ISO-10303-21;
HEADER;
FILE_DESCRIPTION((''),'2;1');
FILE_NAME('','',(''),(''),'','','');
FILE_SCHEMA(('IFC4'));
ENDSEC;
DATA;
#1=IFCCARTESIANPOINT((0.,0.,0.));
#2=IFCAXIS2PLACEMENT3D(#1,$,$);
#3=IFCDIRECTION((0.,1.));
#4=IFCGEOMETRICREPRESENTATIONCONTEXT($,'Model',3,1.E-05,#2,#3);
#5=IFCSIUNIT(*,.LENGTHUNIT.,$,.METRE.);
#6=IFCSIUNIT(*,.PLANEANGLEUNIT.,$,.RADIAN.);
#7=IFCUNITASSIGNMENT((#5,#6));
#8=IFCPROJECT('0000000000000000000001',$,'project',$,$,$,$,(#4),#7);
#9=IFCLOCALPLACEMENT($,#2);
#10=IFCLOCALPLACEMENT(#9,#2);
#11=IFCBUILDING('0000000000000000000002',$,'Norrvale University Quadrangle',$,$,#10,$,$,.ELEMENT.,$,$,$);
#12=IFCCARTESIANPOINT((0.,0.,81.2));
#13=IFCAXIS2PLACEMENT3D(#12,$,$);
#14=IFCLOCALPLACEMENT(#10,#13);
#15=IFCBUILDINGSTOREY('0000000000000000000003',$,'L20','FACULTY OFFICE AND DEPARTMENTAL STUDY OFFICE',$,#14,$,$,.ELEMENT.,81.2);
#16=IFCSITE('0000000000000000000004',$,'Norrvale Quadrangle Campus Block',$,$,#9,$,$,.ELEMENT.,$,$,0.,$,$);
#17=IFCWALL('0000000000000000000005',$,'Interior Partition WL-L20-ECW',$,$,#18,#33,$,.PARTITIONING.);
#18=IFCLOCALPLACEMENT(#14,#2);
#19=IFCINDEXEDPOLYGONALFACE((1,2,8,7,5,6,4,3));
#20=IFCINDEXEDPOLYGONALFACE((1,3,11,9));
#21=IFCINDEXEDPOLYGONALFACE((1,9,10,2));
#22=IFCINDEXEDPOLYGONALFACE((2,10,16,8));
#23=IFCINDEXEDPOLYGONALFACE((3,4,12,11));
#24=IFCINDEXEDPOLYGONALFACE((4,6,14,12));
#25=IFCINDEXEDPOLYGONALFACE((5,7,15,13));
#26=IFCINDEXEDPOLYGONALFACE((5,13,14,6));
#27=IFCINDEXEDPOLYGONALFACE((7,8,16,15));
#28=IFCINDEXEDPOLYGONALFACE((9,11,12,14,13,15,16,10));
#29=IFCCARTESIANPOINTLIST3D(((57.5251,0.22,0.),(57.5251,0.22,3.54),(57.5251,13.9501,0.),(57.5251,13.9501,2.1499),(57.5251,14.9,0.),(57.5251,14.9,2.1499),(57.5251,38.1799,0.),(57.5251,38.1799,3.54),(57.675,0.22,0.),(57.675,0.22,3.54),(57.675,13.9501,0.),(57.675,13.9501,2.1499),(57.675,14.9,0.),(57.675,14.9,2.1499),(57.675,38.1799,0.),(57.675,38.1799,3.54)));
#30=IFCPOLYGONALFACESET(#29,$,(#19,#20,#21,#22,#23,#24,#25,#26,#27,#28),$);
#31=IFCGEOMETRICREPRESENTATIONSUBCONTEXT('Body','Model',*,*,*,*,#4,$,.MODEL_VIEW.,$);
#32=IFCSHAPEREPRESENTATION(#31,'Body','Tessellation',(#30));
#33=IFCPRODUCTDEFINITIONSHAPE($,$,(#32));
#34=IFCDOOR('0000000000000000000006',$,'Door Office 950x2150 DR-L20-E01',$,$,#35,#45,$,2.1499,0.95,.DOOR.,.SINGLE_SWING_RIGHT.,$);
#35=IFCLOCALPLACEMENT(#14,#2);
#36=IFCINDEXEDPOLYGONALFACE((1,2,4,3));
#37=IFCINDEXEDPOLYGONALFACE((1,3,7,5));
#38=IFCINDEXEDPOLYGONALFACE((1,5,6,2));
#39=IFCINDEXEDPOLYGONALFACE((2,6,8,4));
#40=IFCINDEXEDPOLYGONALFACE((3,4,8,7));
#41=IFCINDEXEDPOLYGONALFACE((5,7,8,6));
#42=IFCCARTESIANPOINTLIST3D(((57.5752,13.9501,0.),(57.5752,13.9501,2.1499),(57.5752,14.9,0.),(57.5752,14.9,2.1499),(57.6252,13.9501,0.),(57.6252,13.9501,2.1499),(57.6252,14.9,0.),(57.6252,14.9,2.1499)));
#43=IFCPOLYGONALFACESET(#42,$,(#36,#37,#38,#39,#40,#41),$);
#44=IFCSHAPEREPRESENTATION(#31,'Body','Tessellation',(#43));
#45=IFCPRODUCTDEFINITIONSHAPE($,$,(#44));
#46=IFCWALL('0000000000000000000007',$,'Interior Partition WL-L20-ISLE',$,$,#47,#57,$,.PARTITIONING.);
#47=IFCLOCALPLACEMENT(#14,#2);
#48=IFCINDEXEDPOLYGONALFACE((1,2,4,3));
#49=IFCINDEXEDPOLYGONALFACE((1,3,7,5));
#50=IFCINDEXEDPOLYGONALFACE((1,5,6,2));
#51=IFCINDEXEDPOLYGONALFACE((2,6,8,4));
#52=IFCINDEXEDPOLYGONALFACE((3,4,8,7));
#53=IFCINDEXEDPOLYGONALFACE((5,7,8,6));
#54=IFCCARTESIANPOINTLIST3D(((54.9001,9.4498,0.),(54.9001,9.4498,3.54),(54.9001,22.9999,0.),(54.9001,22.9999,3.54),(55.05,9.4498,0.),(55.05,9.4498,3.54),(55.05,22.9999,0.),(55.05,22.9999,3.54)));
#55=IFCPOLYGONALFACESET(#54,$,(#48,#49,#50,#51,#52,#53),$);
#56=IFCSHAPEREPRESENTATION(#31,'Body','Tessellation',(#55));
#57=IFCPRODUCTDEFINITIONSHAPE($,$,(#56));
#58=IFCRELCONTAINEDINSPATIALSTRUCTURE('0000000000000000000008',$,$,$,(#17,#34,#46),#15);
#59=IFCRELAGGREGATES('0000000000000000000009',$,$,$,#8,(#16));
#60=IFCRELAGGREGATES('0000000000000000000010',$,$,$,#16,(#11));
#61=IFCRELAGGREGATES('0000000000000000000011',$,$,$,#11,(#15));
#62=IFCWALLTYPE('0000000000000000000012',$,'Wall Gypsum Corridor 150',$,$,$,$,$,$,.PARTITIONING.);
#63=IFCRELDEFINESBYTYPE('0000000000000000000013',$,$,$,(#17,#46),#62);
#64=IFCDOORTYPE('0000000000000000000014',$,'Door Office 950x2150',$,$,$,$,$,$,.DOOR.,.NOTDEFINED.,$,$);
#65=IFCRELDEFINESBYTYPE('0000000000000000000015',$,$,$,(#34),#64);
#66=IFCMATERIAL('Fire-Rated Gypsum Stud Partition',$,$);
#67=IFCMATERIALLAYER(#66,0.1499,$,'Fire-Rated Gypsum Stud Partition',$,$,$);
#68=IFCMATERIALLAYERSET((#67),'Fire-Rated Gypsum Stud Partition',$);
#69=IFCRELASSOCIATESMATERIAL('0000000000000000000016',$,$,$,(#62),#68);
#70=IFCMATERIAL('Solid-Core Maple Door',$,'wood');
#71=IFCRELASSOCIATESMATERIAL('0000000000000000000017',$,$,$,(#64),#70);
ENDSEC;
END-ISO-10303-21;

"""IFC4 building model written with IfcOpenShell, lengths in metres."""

from ifc_helpers import new_model, si_unit, direction, frame, frame_2d, origin, place, context, subcontext, project, spatial, rectangle, extrude, material, layer, layer_set, type_object, element, fill, save


model = new_model("IFC4")

# Units and contexts
model_context = context("Model", 3, precision=1e-05, world=origin(), true_north=direction((0.0, 1.0)))
body_context = subcontext(model_context, "Body", "Model", "MODEL_VIEW")
ifc_project = project(units=[si_unit("LENGTHUNIT", "METRE"), si_unit("PLANEANGLEUNIT", "RADIAN")], contexts=[model_context])

# Site, building, storey
site_placement = place(None, origin())
site = spatial("IfcSite", under=ifc_project, at=site_placement, Name="Norrvale Quadrangle Campus Block", CompositionType="ELEMENT", RefElevation=0.0)
building_placement = place(site_placement, origin())
building = spatial("IfcBuilding", under=site, at=building_placement, Name="Norrvale University Quadrangle", CompositionType="ELEMENT")
storey_placement = place(building_placement, frame((0.0, 0.0, 81.2)))
storey = spatial("IfcBuildingStorey", under=building, at=storey_placement, Name="L20", Description="FACULTY OFFICE AND DEPARTMENTAL STUDY OFFICE", CompositionType="ELEMENT", Elevation=81.2)

# Wall, opening, door
ifc_material_1 = material(Name="Fire-Rated Gypsum Stud Partition")
ifc_layer_1 = layer(ifc_material_1, 0.1499, Name="Fire-Rated Gypsum Stud Partition")
ifc_layer_set_1 = layer_set([ifc_layer_1], Name="Fire-Rated Gypsum Stud Partition")
wall_type_1 = type_object("IfcWallType", Name="Wall Gypsum Corridor 150", PredefinedType="PARTITIONING", material=ifc_layer_set_1)
wall_1_placement = place(storey_placement, frame((57.6001, 0.22, 0.0), z_axis=(0.0, 0.0, 1.0), x_axis=(0.0, 1.0, 0.0)))
wall_1 = element("IfcWall", 1, at=wall_1_placement, inside=storey, type_object=wall_type_1, Name="Interior Partition WL-L20-ECW", PredefinedType="PARTITIONING", context=body_context, shape_type="SweptSolid", body=[
    extrude(rectangle(XDim=37.96, YDim=0.1499, at=frame_2d((18.98, 0.0))), origin(), (0.0, 0.0, 1.0), 3.54),
])
opening_1_placement = place(wall_1_placement, frame((13.73, 0.0, 0.0)))
opening_1 = element("IfcOpeningElement", 2, at=opening_1_placement, cuts=wall_1, PredefinedType="OPENING", context=body_context, shape_type="SweptSolid", body=[
    extrude(rectangle(XDim=0.95, YDim=2.1499, at=frame_2d((0.4751, 1.075))), frame((0.0, 0.0869, 0.0), z_axis=(0.0, -1.0, 0.0), x_axis=(1.0, 0.0, 0.0)), (0.0, 0.0, 1.0), 0.1738),
])
ifc_material_2 = material(Name="Solid-Core Maple Door", Category="wood")
door_type = type_object("IfcDoorType", Name="Door Office 950x2150", OperationType="NOTDEFINED", PredefinedType="DOOR", material=ifc_material_2)
door_placement = place(opening_1_placement, origin())
door = element("IfcDoor", 3, at=door_placement, inside=storey, type_object=door_type, Name="Door Office 950x2150 DR-L20-E01", OperationType="SINGLE_SWING_RIGHT", OverallHeight=2.1499, OverallWidth=0.95, PredefinedType="DOOR", context=body_context, shape_type="SweptSolid", body=[
    extrude(rectangle(XDim=0.95, YDim=2.1499, at=frame_2d((0.4751, 1.075))), frame((0.0, 0.0249, 0.0), z_axis=(0.0, -1.0, 0.0), x_axis=(1.0, 0.0, 0.0)), (0.0, 0.0, 1.0), 0.05),
])
fill(opening_1, door)

# Wall
wall_2_placement = place(storey_placement, frame((54.9751, 9.45, 0.0), z_axis=(0.0, 0.0, 1.0), x_axis=(0.0, 1.0, 0.0)))
element("IfcWall", 4, at=wall_2_placement, inside=storey, type_object=wall_type_1, Name="Interior Partition WL-L20-ISLE", PredefinedType="PARTITIONING", context=body_context, shape_type="SweptSolid", body=[
    extrude(rectangle(XDim=13.55, YDim=0.1499, at=frame_2d((6.7749, 0.0))), origin(), (0.0, 0.0, 1.0), 3.54),
])

save(model, "model.ifc")
